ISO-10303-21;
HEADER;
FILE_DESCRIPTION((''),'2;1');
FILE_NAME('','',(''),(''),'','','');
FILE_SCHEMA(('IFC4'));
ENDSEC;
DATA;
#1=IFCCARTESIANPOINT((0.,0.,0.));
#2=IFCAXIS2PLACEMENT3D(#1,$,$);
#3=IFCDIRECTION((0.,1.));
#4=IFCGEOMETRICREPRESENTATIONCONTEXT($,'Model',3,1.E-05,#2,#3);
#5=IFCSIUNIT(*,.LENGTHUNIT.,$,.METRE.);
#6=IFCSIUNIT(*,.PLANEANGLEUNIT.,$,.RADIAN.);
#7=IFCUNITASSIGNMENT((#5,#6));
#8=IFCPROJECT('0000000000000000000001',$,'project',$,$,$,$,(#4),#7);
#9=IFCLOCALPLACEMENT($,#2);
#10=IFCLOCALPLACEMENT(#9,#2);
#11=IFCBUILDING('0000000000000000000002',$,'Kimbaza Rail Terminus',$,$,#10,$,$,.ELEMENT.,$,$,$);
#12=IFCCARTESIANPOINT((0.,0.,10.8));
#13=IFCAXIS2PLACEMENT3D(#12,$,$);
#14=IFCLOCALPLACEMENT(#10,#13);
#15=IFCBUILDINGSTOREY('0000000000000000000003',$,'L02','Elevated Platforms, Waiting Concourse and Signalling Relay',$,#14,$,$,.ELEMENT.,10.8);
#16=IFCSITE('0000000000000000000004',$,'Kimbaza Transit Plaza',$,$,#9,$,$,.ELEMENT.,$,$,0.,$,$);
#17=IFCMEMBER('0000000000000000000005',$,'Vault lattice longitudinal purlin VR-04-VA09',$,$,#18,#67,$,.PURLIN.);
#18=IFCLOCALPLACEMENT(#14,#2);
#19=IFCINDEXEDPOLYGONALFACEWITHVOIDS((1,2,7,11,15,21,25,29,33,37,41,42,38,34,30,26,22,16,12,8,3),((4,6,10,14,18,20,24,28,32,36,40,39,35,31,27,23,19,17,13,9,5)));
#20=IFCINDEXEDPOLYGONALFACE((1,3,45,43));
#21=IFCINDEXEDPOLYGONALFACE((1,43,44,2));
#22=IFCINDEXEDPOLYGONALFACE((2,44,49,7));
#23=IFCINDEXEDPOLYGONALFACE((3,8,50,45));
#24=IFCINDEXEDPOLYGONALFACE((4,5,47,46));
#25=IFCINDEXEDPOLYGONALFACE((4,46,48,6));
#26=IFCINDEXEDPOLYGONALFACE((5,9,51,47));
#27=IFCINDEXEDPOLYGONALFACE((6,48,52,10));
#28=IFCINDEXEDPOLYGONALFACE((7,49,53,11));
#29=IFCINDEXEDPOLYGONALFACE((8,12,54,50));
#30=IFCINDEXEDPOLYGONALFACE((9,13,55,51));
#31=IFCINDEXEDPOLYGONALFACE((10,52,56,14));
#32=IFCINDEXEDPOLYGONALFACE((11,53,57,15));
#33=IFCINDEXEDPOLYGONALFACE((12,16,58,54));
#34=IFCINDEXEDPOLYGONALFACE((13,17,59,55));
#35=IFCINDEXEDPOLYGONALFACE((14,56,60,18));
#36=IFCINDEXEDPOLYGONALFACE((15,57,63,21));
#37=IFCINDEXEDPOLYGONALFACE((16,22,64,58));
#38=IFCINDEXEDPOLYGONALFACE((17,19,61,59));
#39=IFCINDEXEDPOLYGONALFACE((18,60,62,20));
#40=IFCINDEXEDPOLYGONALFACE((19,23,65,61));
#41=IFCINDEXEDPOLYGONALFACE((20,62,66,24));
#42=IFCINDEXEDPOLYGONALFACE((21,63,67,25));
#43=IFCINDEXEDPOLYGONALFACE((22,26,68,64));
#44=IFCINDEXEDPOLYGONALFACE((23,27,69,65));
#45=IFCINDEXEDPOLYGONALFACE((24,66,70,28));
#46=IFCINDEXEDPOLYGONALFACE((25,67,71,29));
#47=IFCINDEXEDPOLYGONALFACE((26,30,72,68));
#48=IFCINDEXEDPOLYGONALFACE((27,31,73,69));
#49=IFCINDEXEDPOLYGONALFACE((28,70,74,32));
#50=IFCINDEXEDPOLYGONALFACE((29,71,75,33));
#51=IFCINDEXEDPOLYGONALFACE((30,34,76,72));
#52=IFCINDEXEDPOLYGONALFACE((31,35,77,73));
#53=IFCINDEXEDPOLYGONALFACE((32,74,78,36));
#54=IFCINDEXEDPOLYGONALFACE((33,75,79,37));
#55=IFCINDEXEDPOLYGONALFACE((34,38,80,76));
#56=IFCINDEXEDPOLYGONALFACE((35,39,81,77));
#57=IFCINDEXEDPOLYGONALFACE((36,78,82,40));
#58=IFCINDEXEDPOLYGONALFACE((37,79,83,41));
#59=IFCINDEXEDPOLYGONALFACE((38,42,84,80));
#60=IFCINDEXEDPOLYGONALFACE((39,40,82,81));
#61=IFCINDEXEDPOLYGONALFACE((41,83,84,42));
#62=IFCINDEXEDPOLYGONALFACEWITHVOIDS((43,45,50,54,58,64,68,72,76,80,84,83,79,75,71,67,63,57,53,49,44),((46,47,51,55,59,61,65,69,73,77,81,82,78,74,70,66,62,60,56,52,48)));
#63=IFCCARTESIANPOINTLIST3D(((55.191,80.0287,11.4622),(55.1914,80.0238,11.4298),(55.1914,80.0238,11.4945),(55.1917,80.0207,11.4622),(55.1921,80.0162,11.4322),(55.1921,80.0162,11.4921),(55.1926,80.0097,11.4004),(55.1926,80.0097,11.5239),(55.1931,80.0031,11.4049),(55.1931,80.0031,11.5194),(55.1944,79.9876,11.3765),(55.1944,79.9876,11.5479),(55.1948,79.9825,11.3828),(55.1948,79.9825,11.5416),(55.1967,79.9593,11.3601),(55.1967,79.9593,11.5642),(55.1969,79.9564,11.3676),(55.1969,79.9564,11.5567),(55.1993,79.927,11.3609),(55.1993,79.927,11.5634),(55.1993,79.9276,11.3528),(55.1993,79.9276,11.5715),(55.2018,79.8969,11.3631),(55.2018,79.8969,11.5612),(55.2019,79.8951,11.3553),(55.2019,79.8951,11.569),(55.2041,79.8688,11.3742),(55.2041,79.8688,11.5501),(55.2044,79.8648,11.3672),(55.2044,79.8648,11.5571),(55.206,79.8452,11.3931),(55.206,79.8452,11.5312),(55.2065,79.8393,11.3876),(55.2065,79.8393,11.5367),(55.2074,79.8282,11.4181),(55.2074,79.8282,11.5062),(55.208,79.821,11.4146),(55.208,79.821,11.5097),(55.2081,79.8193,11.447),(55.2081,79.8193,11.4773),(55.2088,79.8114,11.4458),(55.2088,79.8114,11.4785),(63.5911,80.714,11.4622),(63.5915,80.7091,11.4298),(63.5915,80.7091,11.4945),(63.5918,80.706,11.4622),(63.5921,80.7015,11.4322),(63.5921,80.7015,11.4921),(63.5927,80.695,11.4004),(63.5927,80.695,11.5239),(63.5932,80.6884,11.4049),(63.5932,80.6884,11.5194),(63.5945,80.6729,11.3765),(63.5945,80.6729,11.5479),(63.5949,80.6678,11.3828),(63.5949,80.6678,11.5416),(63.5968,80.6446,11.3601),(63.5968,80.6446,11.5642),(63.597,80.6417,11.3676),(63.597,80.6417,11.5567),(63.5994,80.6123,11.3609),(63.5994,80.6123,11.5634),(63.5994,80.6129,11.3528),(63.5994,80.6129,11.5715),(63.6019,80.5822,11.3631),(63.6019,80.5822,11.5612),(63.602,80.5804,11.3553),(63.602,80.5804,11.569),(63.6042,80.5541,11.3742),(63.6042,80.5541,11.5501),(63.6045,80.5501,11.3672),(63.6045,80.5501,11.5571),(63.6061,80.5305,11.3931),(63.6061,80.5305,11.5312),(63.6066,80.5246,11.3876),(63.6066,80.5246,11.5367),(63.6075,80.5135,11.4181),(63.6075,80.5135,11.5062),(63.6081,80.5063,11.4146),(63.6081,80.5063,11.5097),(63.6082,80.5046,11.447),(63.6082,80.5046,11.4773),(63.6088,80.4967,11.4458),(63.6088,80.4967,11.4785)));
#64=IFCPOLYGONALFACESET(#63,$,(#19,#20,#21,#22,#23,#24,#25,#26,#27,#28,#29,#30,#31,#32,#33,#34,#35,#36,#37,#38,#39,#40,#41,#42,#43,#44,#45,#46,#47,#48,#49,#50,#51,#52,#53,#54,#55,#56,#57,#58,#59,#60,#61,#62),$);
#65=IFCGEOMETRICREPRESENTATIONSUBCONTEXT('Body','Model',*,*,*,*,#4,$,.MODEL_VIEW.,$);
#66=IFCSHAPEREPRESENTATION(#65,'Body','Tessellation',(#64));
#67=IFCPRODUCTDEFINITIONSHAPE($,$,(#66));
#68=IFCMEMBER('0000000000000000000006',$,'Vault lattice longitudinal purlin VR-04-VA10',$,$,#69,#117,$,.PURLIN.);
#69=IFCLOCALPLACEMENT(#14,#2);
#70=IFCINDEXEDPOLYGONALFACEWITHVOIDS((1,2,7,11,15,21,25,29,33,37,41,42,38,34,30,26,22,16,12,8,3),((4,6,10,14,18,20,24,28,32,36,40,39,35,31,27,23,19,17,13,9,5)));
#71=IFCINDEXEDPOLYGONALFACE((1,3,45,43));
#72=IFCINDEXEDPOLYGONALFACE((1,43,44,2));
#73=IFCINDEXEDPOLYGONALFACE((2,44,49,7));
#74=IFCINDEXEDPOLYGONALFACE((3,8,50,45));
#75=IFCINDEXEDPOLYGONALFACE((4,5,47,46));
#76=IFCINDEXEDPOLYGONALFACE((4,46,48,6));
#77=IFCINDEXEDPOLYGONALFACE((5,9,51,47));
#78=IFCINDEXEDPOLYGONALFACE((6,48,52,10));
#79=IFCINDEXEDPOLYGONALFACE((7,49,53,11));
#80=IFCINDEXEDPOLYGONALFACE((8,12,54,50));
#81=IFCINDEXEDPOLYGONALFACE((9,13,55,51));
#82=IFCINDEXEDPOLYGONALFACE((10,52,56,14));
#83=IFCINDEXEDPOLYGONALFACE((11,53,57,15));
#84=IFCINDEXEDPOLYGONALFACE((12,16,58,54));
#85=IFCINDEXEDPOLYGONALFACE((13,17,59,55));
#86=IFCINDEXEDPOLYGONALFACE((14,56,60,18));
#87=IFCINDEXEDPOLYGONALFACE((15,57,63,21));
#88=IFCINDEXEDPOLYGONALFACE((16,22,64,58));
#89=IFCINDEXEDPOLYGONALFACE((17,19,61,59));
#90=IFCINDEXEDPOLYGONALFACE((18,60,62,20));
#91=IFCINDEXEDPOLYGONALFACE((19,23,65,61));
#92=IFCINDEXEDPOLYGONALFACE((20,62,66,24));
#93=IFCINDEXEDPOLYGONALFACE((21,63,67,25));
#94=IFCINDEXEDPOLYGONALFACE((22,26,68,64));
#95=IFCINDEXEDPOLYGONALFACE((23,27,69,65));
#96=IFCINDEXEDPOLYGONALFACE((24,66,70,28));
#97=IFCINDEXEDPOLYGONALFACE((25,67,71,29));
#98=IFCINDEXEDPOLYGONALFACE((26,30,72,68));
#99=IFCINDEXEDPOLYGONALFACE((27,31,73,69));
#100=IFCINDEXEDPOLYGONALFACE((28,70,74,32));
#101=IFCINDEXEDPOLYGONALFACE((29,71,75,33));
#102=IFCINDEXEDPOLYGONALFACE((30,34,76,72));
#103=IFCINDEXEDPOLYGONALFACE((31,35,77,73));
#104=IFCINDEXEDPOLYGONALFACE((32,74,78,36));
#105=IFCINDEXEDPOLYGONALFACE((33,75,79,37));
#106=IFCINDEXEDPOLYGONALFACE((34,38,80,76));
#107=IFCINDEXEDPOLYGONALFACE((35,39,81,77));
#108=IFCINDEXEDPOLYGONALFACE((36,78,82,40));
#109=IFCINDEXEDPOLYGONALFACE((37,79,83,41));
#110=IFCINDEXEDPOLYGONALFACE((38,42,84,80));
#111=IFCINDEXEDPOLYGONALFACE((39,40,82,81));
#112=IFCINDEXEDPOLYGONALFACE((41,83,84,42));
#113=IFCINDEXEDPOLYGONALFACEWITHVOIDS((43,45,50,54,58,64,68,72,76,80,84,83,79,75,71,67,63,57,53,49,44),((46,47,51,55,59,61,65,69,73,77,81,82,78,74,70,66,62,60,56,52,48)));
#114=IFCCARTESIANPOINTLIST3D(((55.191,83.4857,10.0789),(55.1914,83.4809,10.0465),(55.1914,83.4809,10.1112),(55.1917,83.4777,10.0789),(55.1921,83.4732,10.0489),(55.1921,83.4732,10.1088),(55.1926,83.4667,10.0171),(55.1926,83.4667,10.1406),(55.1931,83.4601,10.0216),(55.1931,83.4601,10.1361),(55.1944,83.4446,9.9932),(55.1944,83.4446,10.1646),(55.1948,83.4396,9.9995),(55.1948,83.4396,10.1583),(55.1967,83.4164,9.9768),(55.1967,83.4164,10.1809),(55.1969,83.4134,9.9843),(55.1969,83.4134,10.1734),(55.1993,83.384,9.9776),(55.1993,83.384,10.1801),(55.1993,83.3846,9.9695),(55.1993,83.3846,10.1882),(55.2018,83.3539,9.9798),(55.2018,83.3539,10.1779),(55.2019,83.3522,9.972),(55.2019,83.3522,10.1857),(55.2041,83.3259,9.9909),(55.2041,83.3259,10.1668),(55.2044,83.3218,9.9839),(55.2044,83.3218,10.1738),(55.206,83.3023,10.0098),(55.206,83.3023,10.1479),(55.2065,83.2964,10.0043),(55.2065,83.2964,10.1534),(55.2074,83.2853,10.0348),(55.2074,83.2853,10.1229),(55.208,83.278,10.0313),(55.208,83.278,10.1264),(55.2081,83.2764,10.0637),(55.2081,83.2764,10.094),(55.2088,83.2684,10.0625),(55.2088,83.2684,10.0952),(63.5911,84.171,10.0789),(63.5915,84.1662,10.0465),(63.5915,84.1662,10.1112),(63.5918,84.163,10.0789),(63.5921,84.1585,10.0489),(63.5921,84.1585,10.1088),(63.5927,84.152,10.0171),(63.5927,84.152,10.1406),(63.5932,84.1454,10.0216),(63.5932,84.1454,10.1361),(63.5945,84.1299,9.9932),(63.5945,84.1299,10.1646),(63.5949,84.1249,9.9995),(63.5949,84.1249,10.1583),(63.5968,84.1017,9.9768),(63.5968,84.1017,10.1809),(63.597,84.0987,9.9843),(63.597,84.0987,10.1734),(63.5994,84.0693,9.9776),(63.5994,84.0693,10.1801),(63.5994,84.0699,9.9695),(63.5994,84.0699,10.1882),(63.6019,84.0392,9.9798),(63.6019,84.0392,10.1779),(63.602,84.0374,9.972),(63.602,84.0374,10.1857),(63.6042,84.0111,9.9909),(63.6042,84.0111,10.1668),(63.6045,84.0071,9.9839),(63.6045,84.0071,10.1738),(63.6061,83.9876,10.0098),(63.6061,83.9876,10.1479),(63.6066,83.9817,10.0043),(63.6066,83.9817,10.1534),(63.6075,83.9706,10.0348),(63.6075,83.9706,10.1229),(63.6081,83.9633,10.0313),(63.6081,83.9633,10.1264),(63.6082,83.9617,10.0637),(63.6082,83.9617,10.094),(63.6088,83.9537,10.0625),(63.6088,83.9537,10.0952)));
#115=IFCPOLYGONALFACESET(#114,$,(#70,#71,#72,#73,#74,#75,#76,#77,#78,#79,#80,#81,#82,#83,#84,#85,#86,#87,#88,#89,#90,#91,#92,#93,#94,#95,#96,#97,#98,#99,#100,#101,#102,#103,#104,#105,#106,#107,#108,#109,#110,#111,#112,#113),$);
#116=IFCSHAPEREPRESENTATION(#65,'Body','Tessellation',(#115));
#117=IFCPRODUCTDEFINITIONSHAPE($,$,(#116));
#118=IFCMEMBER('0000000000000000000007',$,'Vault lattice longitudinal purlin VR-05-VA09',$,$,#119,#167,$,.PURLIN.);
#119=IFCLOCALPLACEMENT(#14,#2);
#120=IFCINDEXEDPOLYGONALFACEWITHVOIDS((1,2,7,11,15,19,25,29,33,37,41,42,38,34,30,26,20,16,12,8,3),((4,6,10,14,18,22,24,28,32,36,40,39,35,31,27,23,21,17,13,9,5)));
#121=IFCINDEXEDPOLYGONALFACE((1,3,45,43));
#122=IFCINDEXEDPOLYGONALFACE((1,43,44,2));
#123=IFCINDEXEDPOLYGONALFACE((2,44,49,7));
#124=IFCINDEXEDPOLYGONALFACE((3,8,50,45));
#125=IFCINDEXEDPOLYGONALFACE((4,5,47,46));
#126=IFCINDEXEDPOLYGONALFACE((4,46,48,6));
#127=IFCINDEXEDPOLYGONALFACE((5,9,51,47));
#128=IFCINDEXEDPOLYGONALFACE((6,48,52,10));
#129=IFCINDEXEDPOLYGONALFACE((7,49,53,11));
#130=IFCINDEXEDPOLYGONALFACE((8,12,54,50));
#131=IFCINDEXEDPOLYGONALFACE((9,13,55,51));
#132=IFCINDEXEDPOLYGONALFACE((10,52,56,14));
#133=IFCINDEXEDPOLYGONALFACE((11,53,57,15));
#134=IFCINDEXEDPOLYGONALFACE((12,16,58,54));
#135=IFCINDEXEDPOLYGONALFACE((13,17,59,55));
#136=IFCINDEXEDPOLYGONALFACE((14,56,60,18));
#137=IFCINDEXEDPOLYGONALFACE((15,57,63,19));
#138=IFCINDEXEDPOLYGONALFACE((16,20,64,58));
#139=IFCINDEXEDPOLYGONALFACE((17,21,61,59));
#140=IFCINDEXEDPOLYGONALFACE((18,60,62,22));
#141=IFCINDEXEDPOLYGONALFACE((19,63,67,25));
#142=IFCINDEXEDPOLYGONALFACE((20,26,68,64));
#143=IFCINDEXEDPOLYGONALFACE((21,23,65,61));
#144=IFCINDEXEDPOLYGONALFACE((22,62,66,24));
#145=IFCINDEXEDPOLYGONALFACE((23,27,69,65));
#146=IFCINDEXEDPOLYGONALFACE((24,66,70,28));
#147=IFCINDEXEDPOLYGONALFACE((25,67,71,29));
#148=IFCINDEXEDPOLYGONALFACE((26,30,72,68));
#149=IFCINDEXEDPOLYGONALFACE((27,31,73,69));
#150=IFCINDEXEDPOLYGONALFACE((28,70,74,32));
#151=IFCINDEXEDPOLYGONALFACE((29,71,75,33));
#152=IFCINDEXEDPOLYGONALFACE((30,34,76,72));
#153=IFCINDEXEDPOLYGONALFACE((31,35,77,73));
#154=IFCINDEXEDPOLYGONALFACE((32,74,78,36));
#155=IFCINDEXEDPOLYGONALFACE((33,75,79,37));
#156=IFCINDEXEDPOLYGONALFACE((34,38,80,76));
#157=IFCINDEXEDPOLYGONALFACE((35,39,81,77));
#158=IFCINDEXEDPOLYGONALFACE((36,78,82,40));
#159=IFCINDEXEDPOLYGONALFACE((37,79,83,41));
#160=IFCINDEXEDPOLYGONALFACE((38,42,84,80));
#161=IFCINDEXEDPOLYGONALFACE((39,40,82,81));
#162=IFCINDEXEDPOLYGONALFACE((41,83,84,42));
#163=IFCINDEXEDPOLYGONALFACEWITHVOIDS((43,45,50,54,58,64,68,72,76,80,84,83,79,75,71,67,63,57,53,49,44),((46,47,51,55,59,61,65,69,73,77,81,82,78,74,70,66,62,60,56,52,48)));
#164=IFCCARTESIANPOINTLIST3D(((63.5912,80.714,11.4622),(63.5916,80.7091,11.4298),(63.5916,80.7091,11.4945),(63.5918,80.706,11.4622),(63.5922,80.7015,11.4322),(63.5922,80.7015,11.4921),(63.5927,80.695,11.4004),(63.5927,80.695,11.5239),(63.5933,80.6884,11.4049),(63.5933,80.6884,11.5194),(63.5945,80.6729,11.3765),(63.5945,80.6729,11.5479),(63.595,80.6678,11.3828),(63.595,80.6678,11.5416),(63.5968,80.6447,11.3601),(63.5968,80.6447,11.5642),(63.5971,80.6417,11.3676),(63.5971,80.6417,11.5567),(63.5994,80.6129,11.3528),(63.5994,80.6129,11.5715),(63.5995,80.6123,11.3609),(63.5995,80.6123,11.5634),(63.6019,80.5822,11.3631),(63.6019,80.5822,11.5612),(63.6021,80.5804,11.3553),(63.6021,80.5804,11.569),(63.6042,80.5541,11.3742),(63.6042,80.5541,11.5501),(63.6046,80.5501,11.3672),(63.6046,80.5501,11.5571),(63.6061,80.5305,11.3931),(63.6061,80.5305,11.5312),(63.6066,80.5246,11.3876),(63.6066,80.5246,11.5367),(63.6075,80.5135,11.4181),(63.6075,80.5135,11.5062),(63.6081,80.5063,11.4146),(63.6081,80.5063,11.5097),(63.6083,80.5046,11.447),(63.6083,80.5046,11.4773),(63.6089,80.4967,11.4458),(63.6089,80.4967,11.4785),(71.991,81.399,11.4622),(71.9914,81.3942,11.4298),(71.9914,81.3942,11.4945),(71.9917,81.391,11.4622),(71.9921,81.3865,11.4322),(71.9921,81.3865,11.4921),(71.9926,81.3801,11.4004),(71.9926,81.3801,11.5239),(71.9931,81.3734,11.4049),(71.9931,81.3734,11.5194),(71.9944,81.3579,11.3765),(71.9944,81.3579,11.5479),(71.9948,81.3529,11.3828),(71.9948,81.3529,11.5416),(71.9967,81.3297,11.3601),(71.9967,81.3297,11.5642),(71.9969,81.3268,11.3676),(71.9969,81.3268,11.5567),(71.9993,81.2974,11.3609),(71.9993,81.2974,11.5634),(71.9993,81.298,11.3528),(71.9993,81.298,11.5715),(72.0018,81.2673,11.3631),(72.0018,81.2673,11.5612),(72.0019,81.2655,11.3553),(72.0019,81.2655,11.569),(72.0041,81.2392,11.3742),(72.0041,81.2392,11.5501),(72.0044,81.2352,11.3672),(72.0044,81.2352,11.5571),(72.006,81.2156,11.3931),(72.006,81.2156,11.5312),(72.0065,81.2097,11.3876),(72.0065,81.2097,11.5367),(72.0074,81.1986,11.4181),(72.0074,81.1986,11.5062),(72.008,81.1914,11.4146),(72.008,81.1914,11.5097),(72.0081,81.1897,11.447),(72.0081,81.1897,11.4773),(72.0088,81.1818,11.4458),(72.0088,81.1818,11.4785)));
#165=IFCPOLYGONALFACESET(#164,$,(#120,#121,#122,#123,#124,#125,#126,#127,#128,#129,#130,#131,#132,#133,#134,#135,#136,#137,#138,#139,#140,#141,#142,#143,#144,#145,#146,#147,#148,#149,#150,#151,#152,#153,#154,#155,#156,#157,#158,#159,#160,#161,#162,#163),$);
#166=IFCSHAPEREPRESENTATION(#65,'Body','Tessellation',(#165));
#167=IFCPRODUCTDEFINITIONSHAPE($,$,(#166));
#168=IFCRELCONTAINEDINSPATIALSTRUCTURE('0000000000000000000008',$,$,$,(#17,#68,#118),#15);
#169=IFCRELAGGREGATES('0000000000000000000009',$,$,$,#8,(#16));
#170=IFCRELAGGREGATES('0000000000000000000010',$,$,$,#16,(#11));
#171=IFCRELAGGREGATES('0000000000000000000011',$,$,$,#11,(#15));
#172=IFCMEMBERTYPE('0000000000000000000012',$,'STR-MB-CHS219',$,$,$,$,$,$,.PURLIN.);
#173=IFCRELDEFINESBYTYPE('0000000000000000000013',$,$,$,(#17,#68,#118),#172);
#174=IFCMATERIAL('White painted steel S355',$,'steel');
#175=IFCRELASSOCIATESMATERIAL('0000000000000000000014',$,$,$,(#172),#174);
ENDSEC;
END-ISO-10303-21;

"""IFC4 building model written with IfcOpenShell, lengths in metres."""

from ifc_helpers import new_model, si_unit, direction, frame, origin, origin_2d, place, context, subcontext, project, spatial, hollow_circle, extrude, material, material_profile, profile_set, type_object, element, save


model = new_model("IFC4")

# Units and contexts
model_context = context("Model", 3, precision=1e-05, world=origin(), true_north=direction((0.0, 1.0)))
body_context = subcontext(model_context, "Body", "Model", "MODEL_VIEW")
ifc_project = project(units=[si_unit("LENGTHUNIT", "METRE"), si_unit("PLANEANGLEUNIT", "RADIAN")], contexts=[model_context])

# Site, building, storey
site_placement = place(None, origin())
site = spatial("IfcSite", under=ifc_project, at=site_placement, Name="Kimbaza Transit Plaza", CompositionType="ELEMENT", RefElevation=0.0)
building_placement = place(site_placement, origin())
building = spatial("IfcBuilding", under=site, at=building_placement, Name="Kimbaza Rail Terminus", CompositionType="ELEMENT")
storey_placement = place(building_placement, frame((0.0, 0.0, 10.8)))
storey = spatial("IfcBuildingStorey", under=building, at=storey_placement, Name="L02", Description="Elevated Platforms, Waiting Concourse and Signalling Relay", CompositionType="ELEMENT", Elevation=10.8)

# Members
ifc_material_1 = material(Name="White painted steel S355", Category="steel")
ifc_material_profile_1 = material_profile(ifc_material_1, hollow_circle(Radius=0.1096, WallThickness=0.0081, at=origin_2d()), Name="CHS 219.1x8")
ifc_profile_set_1 = profile_set([ifc_material_profile_1], Name="White painted steel S355")
member_type_1 = type_object("IfcMemberType", Name="STR-MB-CHS219", PredefinedType="PURLIN", material=ifc_profile_set_1)
for number, where, z_axis, x_axis, name in (
    (1, (55.2, 79.9194, 11.4622), (0.996689, 0.081312, 0.0), (-0.081312, 0.996689, 0.0), "Vault lattice longitudinal purlin VR-04-VA09"),
    (2, (55.2, 83.3765, 10.0789), (0.996689, 0.081312, 0.0), (-0.081312, 0.996689, 0.0), "Vault lattice longitudinal purlin VR-04-VA10"),
):
    element("IfcMember", number, at=place(storey_placement, frame(where, z_axis=z_axis, x_axis=x_axis)), inside=storey, type_object=member_type_1, Name=name, PredefinedType="PURLIN", context=body_context, shape_type="SweptSolid", body=[
        extrude(hollow_circle(Radius=0.1096, WallThickness=0.0081, at=origin_2d()), origin(), (0.0, 0.0, 1.0), 8.428),
    ])
member_1_placement = place(storey_placement, frame((63.6001, 80.6047, 11.4622), z_axis=(0.996691, 0.081286, 0.0), x_axis=(-0.081286, 0.996691, 0.0)))
element("IfcMember", 3, at=member_1_placement, inside=storey, type_object=member_type_1, Name="Vault lattice longitudinal purlin VR-05-VA09", PredefinedType="PURLIN", context=body_context, shape_type="SweptSolid", body=[
    extrude(hollow_circle(Radius=0.1096, WallThickness=0.0081, at=origin_2d()), origin(), (0.0, 0.0, 1.0), 8.4277),
])

save(model, "model.ifc")
